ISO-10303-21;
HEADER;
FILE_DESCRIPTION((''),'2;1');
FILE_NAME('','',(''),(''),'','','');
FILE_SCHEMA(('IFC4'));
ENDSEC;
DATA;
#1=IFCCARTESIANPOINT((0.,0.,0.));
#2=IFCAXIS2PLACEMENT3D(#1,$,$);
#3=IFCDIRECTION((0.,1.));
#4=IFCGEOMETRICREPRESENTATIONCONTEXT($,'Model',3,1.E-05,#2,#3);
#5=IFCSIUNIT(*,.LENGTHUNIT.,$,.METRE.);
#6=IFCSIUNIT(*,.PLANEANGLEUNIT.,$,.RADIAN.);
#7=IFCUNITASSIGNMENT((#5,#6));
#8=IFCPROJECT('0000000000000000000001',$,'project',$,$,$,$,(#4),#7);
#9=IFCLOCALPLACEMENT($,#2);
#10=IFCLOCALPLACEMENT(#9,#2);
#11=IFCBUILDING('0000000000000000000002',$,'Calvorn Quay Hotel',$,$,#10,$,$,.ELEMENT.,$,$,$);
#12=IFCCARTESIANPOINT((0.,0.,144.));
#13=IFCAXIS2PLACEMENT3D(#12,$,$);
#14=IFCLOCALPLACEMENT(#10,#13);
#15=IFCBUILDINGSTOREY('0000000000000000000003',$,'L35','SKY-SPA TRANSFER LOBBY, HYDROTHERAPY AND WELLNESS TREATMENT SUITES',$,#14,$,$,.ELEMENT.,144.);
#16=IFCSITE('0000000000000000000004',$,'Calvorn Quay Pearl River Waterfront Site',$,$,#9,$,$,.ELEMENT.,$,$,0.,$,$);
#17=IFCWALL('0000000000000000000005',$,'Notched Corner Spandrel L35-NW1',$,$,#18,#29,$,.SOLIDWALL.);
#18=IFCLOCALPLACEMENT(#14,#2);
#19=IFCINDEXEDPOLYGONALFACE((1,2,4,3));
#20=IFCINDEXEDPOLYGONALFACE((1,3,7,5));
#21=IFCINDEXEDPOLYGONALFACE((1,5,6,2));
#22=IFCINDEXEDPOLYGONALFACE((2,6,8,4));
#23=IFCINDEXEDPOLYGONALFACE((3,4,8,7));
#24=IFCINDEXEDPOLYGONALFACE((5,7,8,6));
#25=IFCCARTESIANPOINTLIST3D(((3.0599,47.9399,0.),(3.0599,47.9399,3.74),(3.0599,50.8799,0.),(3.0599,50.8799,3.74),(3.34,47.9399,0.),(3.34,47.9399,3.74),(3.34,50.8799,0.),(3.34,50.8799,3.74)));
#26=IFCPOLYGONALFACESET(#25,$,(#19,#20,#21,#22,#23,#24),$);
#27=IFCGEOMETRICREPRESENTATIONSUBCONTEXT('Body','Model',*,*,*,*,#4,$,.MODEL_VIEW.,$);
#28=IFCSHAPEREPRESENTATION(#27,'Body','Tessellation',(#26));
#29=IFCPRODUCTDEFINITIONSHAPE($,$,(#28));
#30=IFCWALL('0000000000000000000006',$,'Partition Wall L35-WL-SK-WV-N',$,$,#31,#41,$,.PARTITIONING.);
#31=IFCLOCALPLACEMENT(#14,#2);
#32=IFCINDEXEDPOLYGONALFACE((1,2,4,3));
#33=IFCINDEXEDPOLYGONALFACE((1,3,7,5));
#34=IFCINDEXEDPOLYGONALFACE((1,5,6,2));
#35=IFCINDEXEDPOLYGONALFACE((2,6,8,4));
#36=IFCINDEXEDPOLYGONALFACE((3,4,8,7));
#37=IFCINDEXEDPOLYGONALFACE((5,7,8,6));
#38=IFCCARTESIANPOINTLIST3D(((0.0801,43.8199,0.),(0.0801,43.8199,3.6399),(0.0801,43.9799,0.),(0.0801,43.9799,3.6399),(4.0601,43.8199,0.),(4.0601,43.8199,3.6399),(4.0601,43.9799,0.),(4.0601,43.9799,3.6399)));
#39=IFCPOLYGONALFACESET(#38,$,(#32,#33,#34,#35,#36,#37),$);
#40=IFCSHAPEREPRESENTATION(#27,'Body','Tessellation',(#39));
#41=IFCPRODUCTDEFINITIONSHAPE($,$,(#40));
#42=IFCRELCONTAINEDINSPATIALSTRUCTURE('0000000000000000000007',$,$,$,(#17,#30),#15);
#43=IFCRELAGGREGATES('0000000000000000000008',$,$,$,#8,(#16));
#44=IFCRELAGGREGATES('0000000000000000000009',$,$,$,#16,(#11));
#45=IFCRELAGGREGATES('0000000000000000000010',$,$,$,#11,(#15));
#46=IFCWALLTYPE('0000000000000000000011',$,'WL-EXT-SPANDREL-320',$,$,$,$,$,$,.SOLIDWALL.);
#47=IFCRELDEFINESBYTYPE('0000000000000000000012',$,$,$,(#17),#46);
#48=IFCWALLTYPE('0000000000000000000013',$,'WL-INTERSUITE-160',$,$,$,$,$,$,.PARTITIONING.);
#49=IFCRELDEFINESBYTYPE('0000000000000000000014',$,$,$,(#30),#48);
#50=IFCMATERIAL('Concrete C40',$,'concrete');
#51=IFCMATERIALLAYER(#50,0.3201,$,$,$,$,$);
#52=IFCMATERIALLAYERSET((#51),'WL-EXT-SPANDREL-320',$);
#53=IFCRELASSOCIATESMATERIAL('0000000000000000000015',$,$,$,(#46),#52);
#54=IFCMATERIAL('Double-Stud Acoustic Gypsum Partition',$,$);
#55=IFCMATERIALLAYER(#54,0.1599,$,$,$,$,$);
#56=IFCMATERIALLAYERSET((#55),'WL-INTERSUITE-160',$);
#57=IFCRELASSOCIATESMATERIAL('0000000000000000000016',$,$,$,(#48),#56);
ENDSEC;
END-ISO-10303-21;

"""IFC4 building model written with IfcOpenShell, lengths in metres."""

from ifc_helpers import new_model, si_unit, direction, frame, frame_2d, origin, place, context, subcontext, project, spatial, rectangle, extrude, material, layer, layer_set, type_object, element, save


model = new_model("IFC4")

# Units and contexts
model_context = context("Model", 3, precision=1e-05, world=origin(), true_north=direction((0.0, 1.0)))
body_context = subcontext(model_context, "Body", "Model", "MODEL_VIEW")
ifc_project = project(units=[si_unit("LENGTHUNIT", "METRE"), si_unit("PLANEANGLEUNIT", "RADIAN")], contexts=[model_context])

# Site, building, storey
site_placement = place(None, origin())
site = spatial("IfcSite", under=ifc_project, at=site_placement, Name="Calvorn Quay Pearl River Waterfront Site", CompositionType="ELEMENT", RefElevation=0.0)
building_placement = place(site_placement, origin())
building = spatial("IfcBuilding", under=site, at=building_placement, Name="Calvorn Quay Hotel", CompositionType="ELEMENT")
storey_placement = place(building_placement, frame((0.0, 0.0, 144.0)))
storey = spatial("IfcBuildingStorey", under=building, at=storey_placement, Name="L35", Description="SKY-SPA TRANSFER LOBBY, HYDROTHERAPY AND WELLNESS TREATMENT SUITES", CompositionType="ELEMENT", Elevation=144.0)

# Walls
ifc_material_1 = material(Name="Concrete C40", Category="concrete")
ifc_layer_1 = layer(ifc_material_1, 0.3201)
ifc_layer_set_1 = layer_set([ifc_layer_1], Name="WL-EXT-SPANDREL-320")
wall_type_1 = type_object("IfcWallType", Name="WL-EXT-SPANDREL-320", PredefinedType="SOLIDWALL", material=ifc_layer_set_1)
wall_1_placement = place(storey_placement, frame((3.2, 50.8799, 0.0), z_axis=(0.0, 0.0, 1.0), x_axis=(0.0, -1.0, 0.0)))
element("IfcWall", 1, at=wall_1_placement, inside=storey, type_object=wall_type_1, Name="Notched Corner Spandrel L35-NW1", PredefinedType="SOLIDWALL", context=body_context, shape_type="SweptSolid", body=[
    extrude(rectangle(XDim=2.9399, YDim=0.28, at=frame_2d((1.47, 0.0))), origin(), (0.0, 0.0, 1.0), 3.74),
])
ifc_material_2 = material(Name="Double-Stud Acoustic Gypsum Partition")
ifc_layer_2 = layer(ifc_material_2, 0.1599)
ifc_layer_set_2 = layer_set([ifc_layer_2], Name="WL-INTERSUITE-160")
wall_type_2 = type_object("IfcWallType", Name="WL-INTERSUITE-160", PredefinedType="PARTITIONING", material=ifc_layer_set_2)
wall_2_placement = place(storey_placement, frame((0.0801, 43.8999, 0.0), z_axis=(0.0, 0.0, 1.0), x_axis=(1.0, 0.0, 0.0)))
element("IfcWall", 2, at=wall_2_placement, inside=storey, type_object=wall_type_2, Name="Partition Wall L35-WL-SK-WV-N", PredefinedType="PARTITIONING", context=body_context, shape_type="SweptSolid", body=[
    extrude(rectangle(XDim=3.98, YDim=0.1599, at=frame_2d((1.99, 0.0))), origin(), (0.0, 0.0, 1.0), 3.6399),
])

save(model, "model.ifc")
